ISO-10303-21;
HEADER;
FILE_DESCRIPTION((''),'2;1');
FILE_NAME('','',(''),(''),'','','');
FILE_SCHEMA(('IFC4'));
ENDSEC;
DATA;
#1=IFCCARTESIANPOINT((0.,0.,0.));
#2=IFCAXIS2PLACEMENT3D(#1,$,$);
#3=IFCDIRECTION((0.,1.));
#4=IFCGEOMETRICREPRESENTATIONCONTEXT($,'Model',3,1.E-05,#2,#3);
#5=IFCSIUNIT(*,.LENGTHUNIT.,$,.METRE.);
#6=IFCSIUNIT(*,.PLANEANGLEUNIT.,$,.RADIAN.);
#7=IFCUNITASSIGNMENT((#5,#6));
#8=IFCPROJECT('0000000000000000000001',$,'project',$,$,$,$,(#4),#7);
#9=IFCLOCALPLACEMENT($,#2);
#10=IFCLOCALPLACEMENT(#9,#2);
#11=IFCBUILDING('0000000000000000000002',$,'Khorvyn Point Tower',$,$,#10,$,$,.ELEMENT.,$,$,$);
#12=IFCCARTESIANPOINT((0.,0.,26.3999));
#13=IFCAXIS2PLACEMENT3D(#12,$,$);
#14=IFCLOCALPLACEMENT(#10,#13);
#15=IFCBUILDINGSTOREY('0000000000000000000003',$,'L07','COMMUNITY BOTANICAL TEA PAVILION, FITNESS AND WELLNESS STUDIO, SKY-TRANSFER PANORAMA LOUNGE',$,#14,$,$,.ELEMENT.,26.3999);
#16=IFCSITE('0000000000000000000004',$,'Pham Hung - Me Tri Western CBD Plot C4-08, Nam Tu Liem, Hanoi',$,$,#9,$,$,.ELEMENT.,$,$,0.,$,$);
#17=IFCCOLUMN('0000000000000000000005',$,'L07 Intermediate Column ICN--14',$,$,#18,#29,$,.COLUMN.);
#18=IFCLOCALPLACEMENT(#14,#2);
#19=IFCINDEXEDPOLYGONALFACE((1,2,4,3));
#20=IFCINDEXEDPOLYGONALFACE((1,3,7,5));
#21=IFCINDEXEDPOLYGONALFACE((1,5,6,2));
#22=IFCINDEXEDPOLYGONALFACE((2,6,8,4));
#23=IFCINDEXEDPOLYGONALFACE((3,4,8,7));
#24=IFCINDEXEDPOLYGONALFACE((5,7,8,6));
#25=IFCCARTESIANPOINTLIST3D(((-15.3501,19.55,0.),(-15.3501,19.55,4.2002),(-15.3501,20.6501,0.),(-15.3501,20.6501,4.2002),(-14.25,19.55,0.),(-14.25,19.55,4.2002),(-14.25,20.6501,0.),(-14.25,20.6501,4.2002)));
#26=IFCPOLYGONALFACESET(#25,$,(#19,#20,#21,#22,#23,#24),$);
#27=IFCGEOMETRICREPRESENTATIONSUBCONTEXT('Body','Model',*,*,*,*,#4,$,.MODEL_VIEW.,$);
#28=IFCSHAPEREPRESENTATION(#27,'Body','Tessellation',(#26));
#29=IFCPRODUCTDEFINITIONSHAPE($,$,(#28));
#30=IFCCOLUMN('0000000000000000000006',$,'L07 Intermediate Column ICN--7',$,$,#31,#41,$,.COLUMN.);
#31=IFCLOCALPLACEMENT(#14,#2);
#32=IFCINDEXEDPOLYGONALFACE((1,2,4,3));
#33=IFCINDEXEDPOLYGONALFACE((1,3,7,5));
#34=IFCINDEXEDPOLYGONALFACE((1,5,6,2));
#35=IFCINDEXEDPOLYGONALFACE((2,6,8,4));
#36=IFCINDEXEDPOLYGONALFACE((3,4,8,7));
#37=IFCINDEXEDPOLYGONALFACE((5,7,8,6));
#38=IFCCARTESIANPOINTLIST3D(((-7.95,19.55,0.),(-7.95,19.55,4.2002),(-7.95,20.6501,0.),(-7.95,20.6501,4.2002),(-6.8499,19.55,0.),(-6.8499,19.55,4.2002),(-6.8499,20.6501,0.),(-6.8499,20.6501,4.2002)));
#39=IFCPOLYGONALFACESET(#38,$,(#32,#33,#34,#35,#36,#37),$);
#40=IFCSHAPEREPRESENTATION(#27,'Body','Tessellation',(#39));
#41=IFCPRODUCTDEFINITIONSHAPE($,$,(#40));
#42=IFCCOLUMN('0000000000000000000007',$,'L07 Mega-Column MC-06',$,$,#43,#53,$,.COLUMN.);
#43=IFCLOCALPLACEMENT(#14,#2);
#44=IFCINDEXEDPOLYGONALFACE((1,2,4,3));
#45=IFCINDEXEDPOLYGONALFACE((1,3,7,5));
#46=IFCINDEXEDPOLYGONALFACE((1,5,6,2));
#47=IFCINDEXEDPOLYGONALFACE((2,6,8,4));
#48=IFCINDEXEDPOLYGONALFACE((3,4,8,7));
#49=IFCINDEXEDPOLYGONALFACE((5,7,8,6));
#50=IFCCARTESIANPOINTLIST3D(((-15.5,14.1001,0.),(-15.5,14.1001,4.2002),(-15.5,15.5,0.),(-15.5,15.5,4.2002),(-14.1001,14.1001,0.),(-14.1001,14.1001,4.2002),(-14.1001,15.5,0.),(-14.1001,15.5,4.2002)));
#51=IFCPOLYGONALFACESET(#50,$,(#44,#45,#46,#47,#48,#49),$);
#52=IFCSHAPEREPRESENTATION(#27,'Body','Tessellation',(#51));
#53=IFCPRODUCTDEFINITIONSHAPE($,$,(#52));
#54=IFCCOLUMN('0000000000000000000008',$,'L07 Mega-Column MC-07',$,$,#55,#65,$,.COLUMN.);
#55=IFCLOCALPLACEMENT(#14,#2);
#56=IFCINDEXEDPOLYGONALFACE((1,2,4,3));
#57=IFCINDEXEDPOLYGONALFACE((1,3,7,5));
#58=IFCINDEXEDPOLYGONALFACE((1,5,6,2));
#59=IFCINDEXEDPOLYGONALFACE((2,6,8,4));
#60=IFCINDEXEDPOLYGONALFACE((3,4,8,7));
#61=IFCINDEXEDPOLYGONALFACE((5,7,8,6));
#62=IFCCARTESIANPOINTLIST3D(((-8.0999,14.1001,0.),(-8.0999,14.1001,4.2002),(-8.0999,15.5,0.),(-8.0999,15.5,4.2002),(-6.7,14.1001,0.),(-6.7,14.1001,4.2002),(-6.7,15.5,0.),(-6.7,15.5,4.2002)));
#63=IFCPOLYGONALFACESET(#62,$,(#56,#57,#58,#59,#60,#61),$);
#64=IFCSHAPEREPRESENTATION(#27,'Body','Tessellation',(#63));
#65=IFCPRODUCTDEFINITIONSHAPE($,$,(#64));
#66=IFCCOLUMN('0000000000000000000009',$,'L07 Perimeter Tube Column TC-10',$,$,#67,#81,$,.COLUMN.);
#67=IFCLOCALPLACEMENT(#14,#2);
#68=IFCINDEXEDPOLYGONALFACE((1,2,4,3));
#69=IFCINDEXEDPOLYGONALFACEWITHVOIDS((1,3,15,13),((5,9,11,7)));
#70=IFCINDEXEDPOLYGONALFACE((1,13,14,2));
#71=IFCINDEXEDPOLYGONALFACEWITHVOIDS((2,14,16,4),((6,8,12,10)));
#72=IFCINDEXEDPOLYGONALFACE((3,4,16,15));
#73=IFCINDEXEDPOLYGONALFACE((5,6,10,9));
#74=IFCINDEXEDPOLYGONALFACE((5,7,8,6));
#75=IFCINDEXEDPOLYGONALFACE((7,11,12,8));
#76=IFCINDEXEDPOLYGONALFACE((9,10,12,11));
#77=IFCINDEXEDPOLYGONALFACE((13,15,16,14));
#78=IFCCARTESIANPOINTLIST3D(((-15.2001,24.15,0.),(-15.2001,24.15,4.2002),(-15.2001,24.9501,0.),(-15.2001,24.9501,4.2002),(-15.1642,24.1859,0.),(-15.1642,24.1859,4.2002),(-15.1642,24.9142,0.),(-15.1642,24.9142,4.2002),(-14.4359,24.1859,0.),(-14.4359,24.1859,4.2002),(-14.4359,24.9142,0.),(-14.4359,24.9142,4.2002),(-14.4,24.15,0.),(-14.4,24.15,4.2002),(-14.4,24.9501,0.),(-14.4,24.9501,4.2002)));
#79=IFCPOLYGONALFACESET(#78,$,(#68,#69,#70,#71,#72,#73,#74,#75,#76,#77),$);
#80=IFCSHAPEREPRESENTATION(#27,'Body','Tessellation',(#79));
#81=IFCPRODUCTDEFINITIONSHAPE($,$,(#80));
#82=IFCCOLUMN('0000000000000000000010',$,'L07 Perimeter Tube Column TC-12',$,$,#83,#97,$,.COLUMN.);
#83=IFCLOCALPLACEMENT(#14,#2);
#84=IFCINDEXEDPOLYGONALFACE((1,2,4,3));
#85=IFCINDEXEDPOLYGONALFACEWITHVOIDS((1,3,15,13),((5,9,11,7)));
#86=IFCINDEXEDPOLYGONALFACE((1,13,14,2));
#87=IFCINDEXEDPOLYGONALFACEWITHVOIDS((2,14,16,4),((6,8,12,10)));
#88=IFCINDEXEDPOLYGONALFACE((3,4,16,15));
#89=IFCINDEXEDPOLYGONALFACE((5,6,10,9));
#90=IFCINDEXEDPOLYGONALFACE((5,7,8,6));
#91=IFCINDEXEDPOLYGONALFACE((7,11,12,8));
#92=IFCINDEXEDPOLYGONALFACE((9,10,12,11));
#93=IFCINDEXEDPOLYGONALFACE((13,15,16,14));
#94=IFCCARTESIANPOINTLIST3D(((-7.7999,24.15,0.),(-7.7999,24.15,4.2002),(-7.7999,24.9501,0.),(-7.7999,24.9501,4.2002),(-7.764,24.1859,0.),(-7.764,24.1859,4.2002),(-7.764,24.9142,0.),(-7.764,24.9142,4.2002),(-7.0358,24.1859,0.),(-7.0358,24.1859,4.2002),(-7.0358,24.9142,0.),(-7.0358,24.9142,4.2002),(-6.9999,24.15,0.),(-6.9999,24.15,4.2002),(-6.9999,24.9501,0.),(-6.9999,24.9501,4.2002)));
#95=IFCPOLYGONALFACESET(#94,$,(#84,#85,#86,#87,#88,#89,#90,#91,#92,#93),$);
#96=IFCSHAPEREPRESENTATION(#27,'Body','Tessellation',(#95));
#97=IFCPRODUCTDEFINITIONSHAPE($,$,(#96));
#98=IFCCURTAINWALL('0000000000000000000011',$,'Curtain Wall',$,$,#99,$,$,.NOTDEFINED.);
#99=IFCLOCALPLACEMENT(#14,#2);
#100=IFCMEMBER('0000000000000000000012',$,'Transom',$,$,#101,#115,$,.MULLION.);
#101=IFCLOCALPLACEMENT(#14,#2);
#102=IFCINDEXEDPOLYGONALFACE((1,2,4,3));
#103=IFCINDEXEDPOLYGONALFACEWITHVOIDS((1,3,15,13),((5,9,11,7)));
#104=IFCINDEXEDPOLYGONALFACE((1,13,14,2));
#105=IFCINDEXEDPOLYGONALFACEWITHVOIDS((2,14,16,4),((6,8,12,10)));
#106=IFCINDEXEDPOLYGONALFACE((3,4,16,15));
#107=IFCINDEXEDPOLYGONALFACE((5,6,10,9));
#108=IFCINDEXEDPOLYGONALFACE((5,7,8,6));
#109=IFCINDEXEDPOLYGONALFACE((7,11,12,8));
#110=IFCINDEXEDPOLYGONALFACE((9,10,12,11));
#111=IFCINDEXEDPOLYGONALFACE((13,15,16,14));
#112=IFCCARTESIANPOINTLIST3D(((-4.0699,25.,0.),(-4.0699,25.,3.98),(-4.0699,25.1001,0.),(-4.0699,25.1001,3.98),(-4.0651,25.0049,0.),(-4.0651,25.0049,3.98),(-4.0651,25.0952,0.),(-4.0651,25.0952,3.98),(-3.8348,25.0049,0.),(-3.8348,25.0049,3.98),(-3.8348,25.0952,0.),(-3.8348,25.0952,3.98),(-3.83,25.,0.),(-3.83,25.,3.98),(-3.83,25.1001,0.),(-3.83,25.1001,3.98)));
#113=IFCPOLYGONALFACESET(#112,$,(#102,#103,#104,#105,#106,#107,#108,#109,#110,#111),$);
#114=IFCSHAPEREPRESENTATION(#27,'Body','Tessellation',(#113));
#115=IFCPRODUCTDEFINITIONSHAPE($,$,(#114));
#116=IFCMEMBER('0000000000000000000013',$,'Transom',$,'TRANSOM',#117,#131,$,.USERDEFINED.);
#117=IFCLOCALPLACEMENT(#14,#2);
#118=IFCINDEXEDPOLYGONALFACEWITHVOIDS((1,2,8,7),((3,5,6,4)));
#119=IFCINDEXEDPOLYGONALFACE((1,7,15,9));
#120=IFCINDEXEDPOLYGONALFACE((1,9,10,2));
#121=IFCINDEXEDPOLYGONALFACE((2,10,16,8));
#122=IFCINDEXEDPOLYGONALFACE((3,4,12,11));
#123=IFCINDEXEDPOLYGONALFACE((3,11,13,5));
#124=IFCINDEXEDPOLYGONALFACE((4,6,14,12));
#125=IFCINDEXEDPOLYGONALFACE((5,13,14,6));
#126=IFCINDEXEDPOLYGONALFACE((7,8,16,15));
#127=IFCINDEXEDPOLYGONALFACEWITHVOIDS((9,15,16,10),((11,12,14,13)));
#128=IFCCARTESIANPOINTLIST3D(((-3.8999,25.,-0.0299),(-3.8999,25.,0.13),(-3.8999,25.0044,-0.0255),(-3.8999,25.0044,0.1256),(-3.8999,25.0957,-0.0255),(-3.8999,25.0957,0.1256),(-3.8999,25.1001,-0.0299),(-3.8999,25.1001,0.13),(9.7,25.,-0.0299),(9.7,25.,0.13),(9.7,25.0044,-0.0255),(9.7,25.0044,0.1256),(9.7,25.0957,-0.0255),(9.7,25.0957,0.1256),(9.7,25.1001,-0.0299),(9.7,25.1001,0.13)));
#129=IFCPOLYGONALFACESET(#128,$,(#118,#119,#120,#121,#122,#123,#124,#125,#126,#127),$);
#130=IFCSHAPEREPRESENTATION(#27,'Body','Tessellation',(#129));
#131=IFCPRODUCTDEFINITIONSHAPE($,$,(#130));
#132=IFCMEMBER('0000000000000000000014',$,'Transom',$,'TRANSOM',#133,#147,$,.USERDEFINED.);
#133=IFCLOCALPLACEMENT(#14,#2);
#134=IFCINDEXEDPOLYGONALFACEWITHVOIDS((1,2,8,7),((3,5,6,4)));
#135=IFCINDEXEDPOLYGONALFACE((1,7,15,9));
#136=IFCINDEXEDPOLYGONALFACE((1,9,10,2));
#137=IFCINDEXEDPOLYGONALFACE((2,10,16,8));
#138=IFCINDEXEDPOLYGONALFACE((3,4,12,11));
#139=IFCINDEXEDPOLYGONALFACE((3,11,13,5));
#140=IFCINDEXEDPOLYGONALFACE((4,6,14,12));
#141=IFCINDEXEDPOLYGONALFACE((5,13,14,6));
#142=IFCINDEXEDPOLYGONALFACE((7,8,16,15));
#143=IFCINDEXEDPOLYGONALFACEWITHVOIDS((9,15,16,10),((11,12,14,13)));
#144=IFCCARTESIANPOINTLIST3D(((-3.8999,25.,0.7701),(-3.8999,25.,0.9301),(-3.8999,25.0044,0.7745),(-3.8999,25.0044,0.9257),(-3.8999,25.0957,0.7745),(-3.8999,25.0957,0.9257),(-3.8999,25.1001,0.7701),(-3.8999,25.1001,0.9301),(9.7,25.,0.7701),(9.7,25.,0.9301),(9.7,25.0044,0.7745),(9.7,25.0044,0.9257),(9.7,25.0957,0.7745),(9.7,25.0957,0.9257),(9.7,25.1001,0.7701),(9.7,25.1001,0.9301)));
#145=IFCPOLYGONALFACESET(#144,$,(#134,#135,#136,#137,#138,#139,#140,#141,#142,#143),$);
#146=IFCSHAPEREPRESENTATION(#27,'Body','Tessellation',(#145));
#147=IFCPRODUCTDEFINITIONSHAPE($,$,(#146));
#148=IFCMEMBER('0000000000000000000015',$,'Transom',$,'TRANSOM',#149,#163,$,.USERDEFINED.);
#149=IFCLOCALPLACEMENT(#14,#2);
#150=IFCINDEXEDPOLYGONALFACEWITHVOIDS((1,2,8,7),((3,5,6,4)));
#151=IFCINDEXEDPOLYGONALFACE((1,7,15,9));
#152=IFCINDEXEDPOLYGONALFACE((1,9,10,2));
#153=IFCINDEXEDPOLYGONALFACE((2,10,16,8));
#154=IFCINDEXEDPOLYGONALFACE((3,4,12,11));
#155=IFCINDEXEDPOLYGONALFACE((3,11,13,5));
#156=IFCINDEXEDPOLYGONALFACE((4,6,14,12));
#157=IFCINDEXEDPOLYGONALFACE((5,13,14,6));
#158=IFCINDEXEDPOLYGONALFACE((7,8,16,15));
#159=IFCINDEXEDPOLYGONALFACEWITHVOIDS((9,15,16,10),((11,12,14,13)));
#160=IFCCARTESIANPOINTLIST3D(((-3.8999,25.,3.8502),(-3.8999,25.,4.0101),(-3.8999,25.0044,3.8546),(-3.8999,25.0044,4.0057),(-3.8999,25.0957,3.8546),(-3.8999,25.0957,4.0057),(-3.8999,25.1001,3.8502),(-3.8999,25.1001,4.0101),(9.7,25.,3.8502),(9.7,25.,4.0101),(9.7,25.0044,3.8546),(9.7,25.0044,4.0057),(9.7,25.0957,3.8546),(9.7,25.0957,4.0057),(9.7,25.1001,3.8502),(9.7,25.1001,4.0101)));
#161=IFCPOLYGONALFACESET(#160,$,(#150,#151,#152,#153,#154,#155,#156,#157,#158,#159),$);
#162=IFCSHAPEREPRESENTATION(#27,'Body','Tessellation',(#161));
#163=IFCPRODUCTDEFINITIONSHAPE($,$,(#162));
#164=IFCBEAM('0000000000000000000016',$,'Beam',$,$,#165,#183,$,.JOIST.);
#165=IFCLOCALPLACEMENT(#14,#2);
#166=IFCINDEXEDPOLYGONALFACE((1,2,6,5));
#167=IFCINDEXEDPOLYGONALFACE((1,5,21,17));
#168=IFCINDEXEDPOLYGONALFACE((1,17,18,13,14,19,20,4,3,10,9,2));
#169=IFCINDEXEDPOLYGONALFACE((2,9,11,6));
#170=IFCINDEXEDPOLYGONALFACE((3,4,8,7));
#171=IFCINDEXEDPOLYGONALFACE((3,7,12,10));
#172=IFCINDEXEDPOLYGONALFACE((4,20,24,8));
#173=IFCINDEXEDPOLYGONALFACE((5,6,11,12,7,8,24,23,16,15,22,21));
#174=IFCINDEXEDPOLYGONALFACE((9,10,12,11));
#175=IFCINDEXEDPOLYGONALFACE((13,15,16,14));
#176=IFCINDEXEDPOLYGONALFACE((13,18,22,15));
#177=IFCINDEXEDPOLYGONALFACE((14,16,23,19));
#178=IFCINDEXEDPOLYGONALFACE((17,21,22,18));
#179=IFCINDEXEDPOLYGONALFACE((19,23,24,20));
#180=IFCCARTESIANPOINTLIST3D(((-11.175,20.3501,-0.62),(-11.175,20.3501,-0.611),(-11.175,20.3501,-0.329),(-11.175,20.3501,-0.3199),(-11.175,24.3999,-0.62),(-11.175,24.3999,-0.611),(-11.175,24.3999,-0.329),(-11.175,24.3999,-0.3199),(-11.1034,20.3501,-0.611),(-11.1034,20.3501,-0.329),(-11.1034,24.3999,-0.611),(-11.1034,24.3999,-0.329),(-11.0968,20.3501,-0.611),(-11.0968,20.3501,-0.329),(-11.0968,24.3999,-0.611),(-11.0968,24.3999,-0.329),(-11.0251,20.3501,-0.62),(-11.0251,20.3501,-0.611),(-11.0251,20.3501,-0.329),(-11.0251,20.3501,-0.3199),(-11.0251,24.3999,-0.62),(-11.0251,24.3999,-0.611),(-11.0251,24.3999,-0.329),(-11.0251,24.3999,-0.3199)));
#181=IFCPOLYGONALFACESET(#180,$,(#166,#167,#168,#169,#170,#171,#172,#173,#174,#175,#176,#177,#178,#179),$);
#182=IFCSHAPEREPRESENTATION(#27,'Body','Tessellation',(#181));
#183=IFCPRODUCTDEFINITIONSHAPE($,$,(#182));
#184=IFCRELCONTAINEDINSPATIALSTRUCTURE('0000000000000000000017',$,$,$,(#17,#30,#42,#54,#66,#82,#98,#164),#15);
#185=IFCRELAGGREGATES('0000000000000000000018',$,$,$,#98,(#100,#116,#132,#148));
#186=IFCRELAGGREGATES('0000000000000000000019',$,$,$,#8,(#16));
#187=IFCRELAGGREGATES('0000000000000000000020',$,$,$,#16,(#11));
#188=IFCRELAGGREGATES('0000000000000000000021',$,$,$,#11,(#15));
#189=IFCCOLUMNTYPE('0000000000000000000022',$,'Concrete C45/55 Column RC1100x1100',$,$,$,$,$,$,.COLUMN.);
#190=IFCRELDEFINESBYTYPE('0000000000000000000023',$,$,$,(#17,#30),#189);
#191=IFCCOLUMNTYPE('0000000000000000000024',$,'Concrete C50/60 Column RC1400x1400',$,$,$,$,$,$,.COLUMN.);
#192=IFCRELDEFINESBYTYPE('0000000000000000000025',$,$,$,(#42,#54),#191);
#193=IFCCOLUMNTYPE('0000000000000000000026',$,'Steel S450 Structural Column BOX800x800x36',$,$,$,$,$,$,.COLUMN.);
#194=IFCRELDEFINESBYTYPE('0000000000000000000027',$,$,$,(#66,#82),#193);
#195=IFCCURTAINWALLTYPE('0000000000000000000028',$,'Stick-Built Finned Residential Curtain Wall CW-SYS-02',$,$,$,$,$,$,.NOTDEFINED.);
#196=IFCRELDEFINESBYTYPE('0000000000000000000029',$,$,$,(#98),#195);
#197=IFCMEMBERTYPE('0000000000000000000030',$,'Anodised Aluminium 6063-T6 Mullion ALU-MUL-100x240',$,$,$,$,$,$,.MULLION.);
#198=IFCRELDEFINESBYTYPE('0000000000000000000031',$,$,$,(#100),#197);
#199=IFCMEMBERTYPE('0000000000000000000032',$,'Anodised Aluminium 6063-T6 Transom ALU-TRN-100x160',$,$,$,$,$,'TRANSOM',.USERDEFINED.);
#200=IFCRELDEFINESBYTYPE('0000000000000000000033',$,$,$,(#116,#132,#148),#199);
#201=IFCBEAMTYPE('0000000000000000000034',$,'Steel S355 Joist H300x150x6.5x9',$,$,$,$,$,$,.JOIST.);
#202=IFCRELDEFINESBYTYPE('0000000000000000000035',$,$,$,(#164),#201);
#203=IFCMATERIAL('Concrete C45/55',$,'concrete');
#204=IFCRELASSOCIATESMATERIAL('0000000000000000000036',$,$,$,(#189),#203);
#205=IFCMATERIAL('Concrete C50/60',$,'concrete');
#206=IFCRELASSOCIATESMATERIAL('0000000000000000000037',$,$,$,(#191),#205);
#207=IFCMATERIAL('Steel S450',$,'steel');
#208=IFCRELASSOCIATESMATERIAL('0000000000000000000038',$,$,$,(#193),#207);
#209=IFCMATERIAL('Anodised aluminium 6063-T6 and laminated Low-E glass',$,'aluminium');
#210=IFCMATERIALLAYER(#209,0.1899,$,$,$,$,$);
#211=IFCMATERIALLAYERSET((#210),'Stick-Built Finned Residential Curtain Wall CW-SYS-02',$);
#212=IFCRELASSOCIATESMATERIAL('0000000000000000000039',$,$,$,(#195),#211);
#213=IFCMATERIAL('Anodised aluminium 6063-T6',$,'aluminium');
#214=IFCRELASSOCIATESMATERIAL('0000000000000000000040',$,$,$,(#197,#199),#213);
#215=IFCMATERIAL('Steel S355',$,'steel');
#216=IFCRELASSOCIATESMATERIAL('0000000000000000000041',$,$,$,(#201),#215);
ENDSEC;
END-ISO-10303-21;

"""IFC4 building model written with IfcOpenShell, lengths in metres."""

from ifc_helpers import new_model, si_unit, direction, frame, origin, origin_2d, place, context, subcontext, project, spatial, rectangle, hollow_rectangle, i_section, extrude, material, layer, layer_set, material_profile, profile_set, type_object, element, aggregate, save


model = new_model("IFC4")

# Units and contexts
model_context = context("Model", 3, precision=1e-05, world=origin(), true_north=direction((0.0, 1.0)))
body_context = subcontext(model_context, "Body", "Model", "MODEL_VIEW")
ifc_project = project(units=[si_unit("LENGTHUNIT", "METRE"), si_unit("PLANEANGLEUNIT", "RADIAN")], contexts=[model_context])

# Site, building, storey
site_placement = place(None, origin())
site = spatial("IfcSite", under=ifc_project, at=site_placement, Name="Pham Hung - Me Tri Western CBD Plot C4-08, Nam Tu Liem, Hanoi", CompositionType="ELEMENT", RefElevation=0.0)
building_placement = place(site_placement, origin())
building = spatial("IfcBuilding", under=site, at=building_placement, Name="Khorvyn Point Tower", CompositionType="ELEMENT")
storey_placement = place(building_placement, frame((0.0, 0.0, 26.3999)))
storey = spatial("IfcBuildingStorey", under=building, at=storey_placement, Name="L07", Description="COMMUNITY BOTANICAL TEA PAVILION, FITNESS AND WELLNESS STUDIO, SKY-TRANSFER PANORAMA LOUNGE", CompositionType="ELEMENT", Elevation=26.3999)

# Columns
ifc_material_1 = material(Name="Concrete C45/55", Category="concrete")
ifc_material_profile_1 = material_profile(ifc_material_1, rectangle(XDim=1.1001, YDim=1.1001, at=origin_2d()))
ifc_profile_set_1 = profile_set([ifc_material_profile_1], Name="Concrete C45/55 RC1100x1100")
column_type_1 = type_object("IfcColumnType", Name="Concrete C45/55 Column RC1100x1100", PredefinedType="COLUMN", material=ifc_profile_set_1)
for number, where, z_axis, x_axis, name in (
    (1, (-14.8, 20.1001, 0.0), (0.0, 0.0, 1.0), (1.0, 0.0, 0.0), "L07 Intermediate Column ICN--14"),
    (2, (-7.3999, 20.1001, 0.0), (0.0, 0.0, 1.0), (1.0, 0.0, 0.0), "L07 Intermediate Column ICN--7"),
):
    element("IfcColumn", number, at=place(storey_placement, frame(where, z_axis=z_axis, x_axis=x_axis)), inside=storey, type_object=column_type_1, Name=name, PredefinedType="COLUMN", context=body_context, shape_type="SweptSolid", body=[
        extrude(rectangle(XDim=1.1001, YDim=1.1001, at=origin_2d()), origin(), (0.0, 0.0, 1.0), 4.2002),
    ])
ifc_material_2 = material(Name="Concrete C50/60", Category="concrete")
ifc_material_profile_2 = material_profile(ifc_material_2, rectangle(XDim=1.3999, YDim=1.3999, at=origin_2d()))
ifc_profile_set_2 = profile_set([ifc_material_profile_2], Name="Concrete C50/60 RC1400x1400")
column_type_2 = type_object("IfcColumnType", Name="Concrete C50/60 Column RC1400x1400", PredefinedType="COLUMN", material=ifc_profile_set_2)
for number, where, z_axis, x_axis, name in (
    (3, (-14.8, 14.8, 0.0), (0.0, 0.0, 1.0), (1.0, 0.0, 0.0), "L07 Mega-Column MC-06"),
    (4, (-7.3999, 14.8, 0.0), (0.0, 0.0, 1.0), (1.0, 0.0, 0.0), "L07 Mega-Column MC-07"),
):
    element("IfcColumn", number, at=place(storey_placement, frame(where, z_axis=z_axis, x_axis=x_axis)), inside=storey, type_object=column_type_2, Name=name, PredefinedType="COLUMN", context=body_context, shape_type="SweptSolid", body=[
        extrude(rectangle(XDim=1.3999, YDim=1.3999, at=origin_2d()), origin(), (0.0, 0.0, 1.0), 4.2002),
    ])
ifc_material_3 = material(Name="Steel S450", Category="steel")
ifc_material_profile_3 = material_profile(ifc_material_3, hollow_rectangle(XDim=0.8, YDim=0.8, WallThickness=0.0359, at=origin_2d()))
ifc_profile_set_3 = profile_set([ifc_material_profile_3], Name="Steel S450 BOX800x800x36")
column_type_3 = type_object("IfcColumnType", Name="Steel S450 Structural Column BOX800x800x36", PredefinedType="COLUMN", material=ifc_profile_set_3)
for number, where, z_axis, x_axis, name in (
    (5, (-14.8, 24.55, 0.0), (0.0, 0.0, 1.0), (1.0, 0.0, 0.0), "L07 Perimeter Tube Column TC-10"),
    (6, (-7.3999, 24.55, 0.0), (0.0, 0.0, 1.0), (1.0, 0.0, 0.0), "L07 Perimeter Tube Column TC-12"),
):
    element("IfcColumn", number, at=place(storey_placement, frame(where, z_axis=z_axis, x_axis=x_axis)), inside=storey, type_object=column_type_3, Name=name, PredefinedType="COLUMN", context=body_context, shape_type="SweptSolid", body=[
        extrude(hollow_rectangle(XDim=0.8, YDim=0.8, WallThickness=0.0359, at=origin_2d()), origin(), (0.0, 0.0, 1.0), 4.2002),
    ])

# Curtain wall, members
ifc_material_4 = material(Name="Anodised aluminium 6063-T6 and laminated Low-E glass", Category="aluminium")
ifc_layer_1 = layer(ifc_material_4, 0.1899)
ifc_layer_set_1 = layer_set([ifc_layer_1], Name="Stick-Built Finned Residential Curtain Wall CW-SYS-02")
curtain_wall_type = type_object("IfcCurtainWallType", Name="Stick-Built Finned Residential Curtain Wall CW-SYS-02", PredefinedType="NOTDEFINED", material=ifc_layer_set_1)
curtain_wall_placement = place(storey_placement, origin())
curtain_wall = element("IfcCurtainWall", 7, at=curtain_wall_placement, inside=storey, type_object=curtain_wall_type, Name="Curtain Wall", PredefinedType="NOTDEFINED")
ifc_material_5 = material(Name="Anodised aluminium 6063-T6", Category="aluminium")
ifc_material_profile_4 = material_profile(ifc_material_5, hollow_rectangle(XDim=0.1001, YDim=0.24, WallThickness=0.0049, at=origin_2d()))
ifc_profile_set_4 = profile_set([ifc_material_profile_4], Name="Anodised aluminium 6063-T6 ALU-MUL-100x240")
member_type_1 = type_object("IfcMemberType", Name="Anodised Aluminium 6063-T6 Mullion ALU-MUL-100x240", PredefinedType="MULLION", material=ifc_profile_set_4)
member_1_placement = place(storey_placement, frame((-3.95, 25.05, 0.0), z_axis=(0.0, 0.0, 1.0), x_axis=(0.0, 1.0, 0.0)))
member_1 = element("IfcMember", 8, at=member_1_placement, type_object=member_type_1, Name="Transom", PredefinedType="MULLION", context=body_context, shape_type="SweptSolid", body=[
    extrude(hollow_rectangle(XDim=0.1001, YDim=0.24, WallThickness=0.0049, at=origin_2d()), origin(), (0.0, 0.0, 1.0), 3.98),
])
ifc_material_profile_5 = material_profile(ifc_material_5, hollow_rectangle(XDim=0.1001, YDim=0.1599, WallThickness=0.0044, at=origin_2d()))
ifc_profile_set_5 = profile_set([ifc_material_profile_5], Name="Anodised aluminium 6063-T6 ALU-TRN-100x160")
member_type_2 = type_object("IfcMemberType", Name="Anodised Aluminium 6063-T6 Transom ALU-TRN-100x160", ElementType="TRANSOM", PredefinedType="USERDEFINED", material=ifc_profile_set_5)
member_2_placement = place(storey_placement, frame((-3.8999, 25.05, 0.05), z_axis=(1.0, 0.0, 0.0), x_axis=(0.0, 1.0, 0.0)))
member_2 = element("IfcMember", 9, at=member_2_placement, type_object=member_type_2, Name="Transom", ObjectType="TRANSOM", PredefinedType="USERDEFINED", context=body_context, shape_type="SweptSolid", body=[
    extrude(hollow_rectangle(XDim=0.1001, YDim=0.1599, WallThickness=0.0044, at=origin_2d()), origin(), (0.0, 0.0, 1.0), 13.5999),
])
member_3_placement = place(storey_placement, frame((-3.8999, 25.05, 0.8501), z_axis=(1.0, 0.0, 0.0), x_axis=(0.0, 1.0, 0.0)))
member_3 = element("IfcMember", 10, at=member_3_placement, type_object=member_type_2, Name="Transom", ObjectType="TRANSOM", PredefinedType="USERDEFINED", context=body_context, shape_type="SweptSolid", body=[
    extrude(hollow_rectangle(XDim=0.1001, YDim=0.1599, WallThickness=0.0044, at=origin_2d()), origin(), (0.0, 0.0, 1.0), 13.5999),
])
member_4_placement = place(storey_placement, frame((-3.8999, 25.05, 3.9302), z_axis=(1.0, 0.0, 0.0), x_axis=(0.0, 1.0, 0.0)))
member_4 = element("IfcMember", 11, at=member_4_placement, type_object=member_type_2, Name="Transom", ObjectType="TRANSOM", PredefinedType="USERDEFINED", context=body_context, shape_type="SweptSolid", body=[
    extrude(hollow_rectangle(XDim=0.1001, YDim=0.1599, WallThickness=0.0044, at=origin_2d()), origin(), (0.0, 0.0, 1.0), 13.5999),
])

# Beam
ifc_material_6 = material(Name="Steel S355", Category="steel")
ifc_material_profile_6 = material_profile(ifc_material_6, i_section(OverallWidth=0.1499, OverallDepth=0.3, WebThickness=0.0066, FlangeThickness=0.009, at=origin_2d()))
ifc_profile_set_6 = profile_set([ifc_material_profile_6], Name="Steel S355 H300x150x6.5x9")
beam_type_1 = type_object("IfcBeamType", Name="Steel S355 Joist H300x150x6.5x9", PredefinedType="JOIST", material=ifc_profile_set_6)
beam_1_placement = place(storey_placement, frame((-11.1001, 20.3501, -0.47), z_axis=(0.0, 1.0, 0.0), x_axis=(-1.0, 0.0, 0.0)))
element("IfcBeam", 12, at=beam_1_placement, inside=storey, type_object=beam_type_1, Name="Beam", PredefinedType="JOIST", context=body_context, shape_type="SweptSolid", body=[
    extrude(i_section(OverallWidth=0.1499, OverallDepth=0.3, WebThickness=0.0066, FlangeThickness=0.009, at=origin_2d()), origin(), (0.0, 0.0, 1.0), 4.0498),
])

aggregate(curtain_wall, [member_1, member_2, member_3, member_4])

save(model, "model.ifc")
